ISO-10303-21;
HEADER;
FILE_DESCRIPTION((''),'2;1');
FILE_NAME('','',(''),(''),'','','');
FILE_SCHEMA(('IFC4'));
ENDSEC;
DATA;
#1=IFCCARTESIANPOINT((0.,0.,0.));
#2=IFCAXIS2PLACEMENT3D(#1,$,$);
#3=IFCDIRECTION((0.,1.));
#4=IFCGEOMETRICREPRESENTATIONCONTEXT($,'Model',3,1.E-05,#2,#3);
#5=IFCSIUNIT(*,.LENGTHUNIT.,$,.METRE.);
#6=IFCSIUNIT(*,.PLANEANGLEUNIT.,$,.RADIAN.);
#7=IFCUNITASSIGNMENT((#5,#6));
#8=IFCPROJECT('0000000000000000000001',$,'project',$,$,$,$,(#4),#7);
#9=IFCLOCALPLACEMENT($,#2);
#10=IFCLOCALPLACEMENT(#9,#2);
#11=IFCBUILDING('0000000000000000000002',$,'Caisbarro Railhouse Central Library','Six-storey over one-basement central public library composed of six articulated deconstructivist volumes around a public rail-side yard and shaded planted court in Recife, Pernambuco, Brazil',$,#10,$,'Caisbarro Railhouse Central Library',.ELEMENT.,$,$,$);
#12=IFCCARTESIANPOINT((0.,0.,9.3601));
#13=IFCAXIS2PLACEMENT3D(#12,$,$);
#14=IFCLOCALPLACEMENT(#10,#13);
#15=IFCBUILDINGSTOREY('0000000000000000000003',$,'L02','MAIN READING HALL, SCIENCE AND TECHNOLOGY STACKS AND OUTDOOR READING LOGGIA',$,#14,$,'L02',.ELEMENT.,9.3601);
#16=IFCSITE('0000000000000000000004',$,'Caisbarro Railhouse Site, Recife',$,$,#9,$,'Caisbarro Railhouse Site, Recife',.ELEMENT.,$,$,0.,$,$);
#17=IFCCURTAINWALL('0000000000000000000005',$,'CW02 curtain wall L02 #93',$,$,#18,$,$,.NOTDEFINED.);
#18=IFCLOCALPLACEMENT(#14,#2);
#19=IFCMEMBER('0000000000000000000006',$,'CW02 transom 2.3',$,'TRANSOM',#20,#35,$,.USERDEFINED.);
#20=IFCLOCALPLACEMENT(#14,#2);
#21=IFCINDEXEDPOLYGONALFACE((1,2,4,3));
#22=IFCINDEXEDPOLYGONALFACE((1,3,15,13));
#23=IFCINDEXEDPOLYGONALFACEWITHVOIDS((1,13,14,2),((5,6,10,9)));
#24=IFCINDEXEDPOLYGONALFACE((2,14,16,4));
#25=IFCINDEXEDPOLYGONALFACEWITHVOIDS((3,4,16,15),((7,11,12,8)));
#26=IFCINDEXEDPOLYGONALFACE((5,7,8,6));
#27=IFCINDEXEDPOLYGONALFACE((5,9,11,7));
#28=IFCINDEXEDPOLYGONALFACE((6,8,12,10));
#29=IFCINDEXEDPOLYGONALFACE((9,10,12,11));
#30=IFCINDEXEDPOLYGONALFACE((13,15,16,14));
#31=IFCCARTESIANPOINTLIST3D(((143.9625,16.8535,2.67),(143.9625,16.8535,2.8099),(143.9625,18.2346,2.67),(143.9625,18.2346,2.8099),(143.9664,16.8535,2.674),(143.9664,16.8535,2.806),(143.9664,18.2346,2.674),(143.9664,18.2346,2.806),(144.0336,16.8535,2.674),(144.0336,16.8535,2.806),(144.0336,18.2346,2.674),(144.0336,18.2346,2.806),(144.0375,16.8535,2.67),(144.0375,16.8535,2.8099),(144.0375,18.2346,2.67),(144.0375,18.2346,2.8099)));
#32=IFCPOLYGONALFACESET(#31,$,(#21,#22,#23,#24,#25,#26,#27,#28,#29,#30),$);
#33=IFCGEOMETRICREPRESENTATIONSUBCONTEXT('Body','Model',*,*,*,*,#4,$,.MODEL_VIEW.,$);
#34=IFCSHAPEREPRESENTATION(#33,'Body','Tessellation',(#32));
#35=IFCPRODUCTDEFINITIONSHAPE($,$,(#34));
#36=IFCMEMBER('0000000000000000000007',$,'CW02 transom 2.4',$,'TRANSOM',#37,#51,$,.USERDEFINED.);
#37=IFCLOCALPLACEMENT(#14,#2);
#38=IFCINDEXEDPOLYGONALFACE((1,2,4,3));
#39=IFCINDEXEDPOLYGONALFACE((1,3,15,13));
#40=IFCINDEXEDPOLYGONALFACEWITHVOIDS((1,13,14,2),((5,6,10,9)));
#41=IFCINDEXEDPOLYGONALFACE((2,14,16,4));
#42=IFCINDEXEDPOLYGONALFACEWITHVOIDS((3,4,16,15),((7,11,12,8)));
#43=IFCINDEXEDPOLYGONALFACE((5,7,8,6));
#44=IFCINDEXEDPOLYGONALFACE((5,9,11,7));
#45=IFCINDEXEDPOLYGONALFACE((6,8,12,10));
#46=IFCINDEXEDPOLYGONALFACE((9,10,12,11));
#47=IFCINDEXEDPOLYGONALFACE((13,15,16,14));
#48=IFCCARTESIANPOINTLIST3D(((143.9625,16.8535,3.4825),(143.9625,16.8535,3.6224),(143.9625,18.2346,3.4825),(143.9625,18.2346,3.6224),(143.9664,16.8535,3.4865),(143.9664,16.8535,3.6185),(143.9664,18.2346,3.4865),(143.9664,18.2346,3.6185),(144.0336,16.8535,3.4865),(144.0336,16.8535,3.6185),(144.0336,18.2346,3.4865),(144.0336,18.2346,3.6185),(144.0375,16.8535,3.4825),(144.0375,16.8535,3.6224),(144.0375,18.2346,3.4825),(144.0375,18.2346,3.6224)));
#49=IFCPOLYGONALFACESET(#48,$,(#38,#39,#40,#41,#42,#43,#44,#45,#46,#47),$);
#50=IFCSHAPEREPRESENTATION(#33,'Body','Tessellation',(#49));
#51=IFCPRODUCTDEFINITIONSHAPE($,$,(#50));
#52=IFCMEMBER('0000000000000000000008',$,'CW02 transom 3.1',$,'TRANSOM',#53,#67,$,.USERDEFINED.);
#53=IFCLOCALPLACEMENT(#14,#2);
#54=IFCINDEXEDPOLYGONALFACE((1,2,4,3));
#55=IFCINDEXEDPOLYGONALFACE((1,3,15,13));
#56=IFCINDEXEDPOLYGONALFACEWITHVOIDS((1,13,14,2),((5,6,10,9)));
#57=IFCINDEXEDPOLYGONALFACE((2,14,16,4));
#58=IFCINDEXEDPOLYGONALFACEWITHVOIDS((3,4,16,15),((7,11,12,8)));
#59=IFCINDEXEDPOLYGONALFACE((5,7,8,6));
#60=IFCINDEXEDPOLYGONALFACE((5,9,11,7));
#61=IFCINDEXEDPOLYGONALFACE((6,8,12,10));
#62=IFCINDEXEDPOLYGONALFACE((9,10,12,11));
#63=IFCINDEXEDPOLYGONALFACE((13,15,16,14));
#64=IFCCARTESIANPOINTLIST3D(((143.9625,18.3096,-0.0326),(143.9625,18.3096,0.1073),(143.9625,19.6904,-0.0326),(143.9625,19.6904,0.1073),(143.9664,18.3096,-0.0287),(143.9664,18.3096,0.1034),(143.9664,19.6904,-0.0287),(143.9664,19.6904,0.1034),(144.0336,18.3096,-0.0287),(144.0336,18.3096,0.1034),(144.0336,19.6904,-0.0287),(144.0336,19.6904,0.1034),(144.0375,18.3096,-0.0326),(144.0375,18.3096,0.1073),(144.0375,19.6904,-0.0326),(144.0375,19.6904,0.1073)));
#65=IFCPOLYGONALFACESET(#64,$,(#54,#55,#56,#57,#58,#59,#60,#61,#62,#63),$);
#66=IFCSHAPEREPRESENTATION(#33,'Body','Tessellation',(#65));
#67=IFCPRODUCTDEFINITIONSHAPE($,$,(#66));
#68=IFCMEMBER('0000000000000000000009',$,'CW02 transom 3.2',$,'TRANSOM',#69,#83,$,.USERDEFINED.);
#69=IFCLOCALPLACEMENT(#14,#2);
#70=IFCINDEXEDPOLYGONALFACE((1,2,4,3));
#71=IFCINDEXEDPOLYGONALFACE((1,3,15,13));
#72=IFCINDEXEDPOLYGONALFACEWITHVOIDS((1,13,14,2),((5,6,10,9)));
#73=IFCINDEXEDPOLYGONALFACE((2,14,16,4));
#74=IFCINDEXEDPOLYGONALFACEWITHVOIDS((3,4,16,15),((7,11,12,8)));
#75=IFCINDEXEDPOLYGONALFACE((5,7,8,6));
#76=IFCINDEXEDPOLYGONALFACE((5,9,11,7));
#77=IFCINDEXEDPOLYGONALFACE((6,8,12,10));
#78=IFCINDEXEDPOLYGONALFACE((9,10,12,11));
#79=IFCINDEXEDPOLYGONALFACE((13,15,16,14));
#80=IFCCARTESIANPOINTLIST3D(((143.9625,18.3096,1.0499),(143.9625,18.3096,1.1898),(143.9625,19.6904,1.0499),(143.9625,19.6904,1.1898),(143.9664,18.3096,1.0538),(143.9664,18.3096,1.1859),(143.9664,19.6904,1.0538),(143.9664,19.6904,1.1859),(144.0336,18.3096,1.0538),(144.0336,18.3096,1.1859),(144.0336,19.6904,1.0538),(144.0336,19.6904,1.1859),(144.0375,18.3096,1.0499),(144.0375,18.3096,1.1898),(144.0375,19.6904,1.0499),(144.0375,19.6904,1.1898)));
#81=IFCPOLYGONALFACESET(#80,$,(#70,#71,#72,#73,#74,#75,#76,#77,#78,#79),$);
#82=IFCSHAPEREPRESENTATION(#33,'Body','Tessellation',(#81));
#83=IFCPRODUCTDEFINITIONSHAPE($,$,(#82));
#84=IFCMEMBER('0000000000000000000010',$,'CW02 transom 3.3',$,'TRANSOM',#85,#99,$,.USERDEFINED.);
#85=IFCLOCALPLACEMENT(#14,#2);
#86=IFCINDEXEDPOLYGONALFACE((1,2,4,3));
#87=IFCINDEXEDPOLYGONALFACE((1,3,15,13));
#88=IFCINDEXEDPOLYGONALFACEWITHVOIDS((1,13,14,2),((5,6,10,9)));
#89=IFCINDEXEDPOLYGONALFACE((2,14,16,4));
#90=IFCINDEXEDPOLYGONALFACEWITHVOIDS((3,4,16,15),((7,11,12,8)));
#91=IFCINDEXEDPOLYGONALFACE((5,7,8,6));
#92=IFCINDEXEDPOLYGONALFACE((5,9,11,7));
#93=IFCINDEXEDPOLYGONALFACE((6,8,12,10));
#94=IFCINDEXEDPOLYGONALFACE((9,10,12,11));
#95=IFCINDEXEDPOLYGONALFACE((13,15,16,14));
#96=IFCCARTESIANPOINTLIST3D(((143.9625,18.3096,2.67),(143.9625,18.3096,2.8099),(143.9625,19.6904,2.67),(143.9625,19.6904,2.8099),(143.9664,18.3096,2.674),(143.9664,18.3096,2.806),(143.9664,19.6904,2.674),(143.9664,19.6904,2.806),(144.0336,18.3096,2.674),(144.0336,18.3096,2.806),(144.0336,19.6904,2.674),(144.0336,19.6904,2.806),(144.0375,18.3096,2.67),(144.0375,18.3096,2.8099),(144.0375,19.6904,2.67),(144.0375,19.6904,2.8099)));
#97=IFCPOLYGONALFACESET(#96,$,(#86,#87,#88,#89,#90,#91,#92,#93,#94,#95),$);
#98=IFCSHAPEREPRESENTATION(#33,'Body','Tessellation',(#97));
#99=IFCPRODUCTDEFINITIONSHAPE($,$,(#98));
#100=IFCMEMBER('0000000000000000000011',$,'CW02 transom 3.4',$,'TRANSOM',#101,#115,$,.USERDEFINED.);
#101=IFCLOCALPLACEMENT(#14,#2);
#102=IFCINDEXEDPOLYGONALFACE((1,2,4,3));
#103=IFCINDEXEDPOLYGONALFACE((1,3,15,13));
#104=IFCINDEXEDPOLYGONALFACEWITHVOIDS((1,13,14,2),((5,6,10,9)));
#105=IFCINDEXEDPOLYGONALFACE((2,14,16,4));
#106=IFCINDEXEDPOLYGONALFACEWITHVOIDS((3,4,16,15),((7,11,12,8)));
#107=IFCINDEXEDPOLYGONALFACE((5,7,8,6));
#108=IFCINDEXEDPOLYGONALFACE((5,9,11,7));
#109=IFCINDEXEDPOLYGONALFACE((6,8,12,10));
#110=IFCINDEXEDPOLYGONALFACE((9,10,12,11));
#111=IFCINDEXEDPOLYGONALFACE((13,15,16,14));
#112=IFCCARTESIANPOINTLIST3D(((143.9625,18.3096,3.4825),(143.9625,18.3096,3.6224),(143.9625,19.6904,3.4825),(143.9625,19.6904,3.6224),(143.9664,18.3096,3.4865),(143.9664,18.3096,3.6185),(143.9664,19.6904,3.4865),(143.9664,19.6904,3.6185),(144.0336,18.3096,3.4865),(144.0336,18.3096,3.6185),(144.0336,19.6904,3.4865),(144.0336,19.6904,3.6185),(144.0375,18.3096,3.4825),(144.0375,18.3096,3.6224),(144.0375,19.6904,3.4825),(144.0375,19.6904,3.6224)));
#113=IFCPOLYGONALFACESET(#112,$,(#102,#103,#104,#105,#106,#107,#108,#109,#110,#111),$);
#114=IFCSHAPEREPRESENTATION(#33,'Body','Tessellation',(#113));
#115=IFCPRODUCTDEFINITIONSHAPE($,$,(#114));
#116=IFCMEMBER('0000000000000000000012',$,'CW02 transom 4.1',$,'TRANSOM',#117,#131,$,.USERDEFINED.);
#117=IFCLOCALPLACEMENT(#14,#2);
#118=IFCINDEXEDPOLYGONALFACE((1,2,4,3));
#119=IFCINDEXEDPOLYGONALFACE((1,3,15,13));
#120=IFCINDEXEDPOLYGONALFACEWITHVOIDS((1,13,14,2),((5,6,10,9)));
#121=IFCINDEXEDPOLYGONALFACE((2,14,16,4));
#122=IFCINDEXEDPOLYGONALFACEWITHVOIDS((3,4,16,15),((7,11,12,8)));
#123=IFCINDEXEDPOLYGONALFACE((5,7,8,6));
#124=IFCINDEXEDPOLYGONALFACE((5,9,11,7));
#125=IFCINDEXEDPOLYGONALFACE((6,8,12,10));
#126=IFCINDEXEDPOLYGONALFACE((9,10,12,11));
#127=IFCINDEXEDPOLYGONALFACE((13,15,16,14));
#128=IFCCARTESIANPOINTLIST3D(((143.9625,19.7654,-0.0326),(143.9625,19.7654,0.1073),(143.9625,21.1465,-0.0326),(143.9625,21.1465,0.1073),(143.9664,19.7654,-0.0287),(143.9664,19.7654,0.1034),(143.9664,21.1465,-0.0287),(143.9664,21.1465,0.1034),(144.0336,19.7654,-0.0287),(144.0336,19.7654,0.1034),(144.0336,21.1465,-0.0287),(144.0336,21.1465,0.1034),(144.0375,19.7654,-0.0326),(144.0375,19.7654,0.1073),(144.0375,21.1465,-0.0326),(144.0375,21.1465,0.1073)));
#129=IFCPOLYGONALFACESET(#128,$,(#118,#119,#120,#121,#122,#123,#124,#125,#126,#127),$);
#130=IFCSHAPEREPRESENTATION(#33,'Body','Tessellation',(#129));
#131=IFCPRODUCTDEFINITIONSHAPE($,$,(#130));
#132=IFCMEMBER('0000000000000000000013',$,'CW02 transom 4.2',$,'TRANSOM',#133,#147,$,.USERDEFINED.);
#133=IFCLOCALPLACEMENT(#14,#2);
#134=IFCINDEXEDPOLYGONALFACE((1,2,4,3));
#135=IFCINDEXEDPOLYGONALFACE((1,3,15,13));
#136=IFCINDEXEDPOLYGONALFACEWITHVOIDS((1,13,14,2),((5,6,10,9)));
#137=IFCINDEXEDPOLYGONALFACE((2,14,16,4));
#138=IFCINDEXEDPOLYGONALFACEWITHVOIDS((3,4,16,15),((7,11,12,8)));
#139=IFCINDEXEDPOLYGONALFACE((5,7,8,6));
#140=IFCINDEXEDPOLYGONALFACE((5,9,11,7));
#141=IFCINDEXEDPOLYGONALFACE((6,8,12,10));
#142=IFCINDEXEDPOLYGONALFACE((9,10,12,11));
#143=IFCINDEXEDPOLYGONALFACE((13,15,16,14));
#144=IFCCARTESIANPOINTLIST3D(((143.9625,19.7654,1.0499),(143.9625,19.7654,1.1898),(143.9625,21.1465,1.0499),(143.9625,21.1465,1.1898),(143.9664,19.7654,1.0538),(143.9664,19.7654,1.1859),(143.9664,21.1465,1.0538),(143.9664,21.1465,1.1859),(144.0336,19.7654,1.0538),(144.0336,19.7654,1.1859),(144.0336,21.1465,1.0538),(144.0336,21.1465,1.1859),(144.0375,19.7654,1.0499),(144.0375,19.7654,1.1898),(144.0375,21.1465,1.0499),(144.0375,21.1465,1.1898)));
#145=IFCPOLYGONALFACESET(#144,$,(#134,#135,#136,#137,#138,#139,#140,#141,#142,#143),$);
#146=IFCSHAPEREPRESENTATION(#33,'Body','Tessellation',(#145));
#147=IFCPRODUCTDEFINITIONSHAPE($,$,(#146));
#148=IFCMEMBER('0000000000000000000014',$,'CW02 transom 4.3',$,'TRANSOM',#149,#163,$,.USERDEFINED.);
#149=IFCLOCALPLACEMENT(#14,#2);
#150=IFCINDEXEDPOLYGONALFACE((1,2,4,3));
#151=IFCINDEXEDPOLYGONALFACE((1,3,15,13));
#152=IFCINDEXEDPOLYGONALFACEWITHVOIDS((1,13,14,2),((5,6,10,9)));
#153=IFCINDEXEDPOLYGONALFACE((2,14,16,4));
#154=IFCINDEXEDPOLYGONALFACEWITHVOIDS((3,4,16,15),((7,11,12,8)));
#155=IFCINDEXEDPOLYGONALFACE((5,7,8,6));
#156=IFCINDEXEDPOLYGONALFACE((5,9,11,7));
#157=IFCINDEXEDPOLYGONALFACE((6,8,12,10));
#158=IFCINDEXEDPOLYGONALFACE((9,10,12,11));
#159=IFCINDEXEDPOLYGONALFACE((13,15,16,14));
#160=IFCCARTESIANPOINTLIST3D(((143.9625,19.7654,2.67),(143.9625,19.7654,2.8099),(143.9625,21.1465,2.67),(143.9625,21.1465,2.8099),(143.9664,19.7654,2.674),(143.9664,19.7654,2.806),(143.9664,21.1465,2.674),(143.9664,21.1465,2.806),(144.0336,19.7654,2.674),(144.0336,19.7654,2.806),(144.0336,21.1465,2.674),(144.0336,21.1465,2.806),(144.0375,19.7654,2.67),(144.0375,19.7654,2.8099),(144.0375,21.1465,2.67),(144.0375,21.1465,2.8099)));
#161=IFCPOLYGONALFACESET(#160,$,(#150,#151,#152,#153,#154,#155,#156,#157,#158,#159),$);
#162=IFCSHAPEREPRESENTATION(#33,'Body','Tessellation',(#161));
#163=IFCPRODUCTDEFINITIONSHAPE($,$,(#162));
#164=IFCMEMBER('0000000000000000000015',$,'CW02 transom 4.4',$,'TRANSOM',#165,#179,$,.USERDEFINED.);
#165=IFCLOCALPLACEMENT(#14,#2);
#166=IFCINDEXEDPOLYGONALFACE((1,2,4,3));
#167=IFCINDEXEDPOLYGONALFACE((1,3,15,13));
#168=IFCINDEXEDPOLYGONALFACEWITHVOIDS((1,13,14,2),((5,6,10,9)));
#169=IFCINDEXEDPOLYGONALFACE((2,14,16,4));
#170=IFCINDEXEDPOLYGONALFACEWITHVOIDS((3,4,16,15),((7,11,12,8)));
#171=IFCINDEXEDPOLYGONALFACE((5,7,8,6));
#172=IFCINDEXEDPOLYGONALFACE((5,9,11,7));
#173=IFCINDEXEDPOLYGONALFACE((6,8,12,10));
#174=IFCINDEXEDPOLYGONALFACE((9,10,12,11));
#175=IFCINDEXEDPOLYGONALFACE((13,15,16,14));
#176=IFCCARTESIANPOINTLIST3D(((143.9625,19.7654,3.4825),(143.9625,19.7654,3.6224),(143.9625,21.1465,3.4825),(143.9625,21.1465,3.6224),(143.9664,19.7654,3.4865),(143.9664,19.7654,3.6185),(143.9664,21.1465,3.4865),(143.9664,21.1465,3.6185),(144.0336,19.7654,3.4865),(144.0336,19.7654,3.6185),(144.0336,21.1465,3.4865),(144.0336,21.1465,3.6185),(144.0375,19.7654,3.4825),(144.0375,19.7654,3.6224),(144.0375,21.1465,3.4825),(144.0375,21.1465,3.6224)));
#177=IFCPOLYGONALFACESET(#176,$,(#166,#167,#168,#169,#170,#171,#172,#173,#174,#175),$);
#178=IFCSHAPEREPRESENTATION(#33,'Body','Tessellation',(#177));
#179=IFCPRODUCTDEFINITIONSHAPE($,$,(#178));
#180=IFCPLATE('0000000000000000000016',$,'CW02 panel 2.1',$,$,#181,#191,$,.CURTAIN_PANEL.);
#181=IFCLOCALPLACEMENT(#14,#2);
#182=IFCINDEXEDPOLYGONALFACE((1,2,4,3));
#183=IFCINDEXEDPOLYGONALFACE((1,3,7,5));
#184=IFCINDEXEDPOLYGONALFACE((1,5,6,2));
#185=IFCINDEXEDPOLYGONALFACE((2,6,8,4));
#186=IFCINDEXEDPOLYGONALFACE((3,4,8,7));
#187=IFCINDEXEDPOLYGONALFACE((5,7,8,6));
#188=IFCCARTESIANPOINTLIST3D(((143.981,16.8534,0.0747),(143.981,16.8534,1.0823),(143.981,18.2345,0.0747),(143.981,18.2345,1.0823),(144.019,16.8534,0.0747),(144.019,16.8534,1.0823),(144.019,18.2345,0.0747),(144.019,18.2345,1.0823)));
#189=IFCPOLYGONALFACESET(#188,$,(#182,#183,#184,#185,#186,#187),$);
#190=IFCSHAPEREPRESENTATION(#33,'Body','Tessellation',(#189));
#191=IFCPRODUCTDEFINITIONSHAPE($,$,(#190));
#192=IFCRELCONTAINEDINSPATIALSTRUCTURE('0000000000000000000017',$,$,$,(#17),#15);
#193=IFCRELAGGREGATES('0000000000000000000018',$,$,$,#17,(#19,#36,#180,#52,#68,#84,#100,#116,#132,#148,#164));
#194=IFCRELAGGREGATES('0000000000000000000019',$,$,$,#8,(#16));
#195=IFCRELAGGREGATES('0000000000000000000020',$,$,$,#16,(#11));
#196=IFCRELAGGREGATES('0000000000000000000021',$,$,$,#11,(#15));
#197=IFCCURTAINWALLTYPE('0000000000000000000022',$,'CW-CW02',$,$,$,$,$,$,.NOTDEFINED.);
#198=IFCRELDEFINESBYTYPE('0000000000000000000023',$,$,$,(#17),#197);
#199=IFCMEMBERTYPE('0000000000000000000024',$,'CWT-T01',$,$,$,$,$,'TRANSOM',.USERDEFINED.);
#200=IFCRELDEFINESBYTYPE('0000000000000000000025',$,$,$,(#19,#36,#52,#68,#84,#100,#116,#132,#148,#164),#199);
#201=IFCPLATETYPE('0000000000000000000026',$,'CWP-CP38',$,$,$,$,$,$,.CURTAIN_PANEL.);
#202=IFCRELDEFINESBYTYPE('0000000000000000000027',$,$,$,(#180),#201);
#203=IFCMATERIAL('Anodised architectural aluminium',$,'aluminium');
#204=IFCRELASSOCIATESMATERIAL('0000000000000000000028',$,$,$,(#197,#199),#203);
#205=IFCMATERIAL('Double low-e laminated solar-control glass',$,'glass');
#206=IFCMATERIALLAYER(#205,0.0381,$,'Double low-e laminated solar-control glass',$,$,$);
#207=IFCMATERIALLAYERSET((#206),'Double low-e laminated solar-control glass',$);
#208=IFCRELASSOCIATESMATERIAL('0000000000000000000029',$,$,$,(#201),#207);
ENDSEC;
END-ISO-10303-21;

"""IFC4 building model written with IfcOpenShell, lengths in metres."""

from ifc_helpers import new_model, si_unit, direction, frame, origin, origin_2d, place, context, subcontext, project, spatial, rectangle, hollow_rectangle, extrude, material, layer, layer_set, material_profile, profile_set, type_object, element, aggregate, save


model = new_model("IFC4")

# Units and contexts
model_context = context("Model", 3, precision=1e-05, world=origin(), true_north=direction((0.0, 1.0)))
body_context = subcontext(model_context, "Body", "Model", "MODEL_VIEW")
ifc_project = project(units=[si_unit("LENGTHUNIT", "METRE"), si_unit("PLANEANGLEUNIT", "RADIAN")], contexts=[model_context])

# Site, building, storey
site_placement = place(None, origin())
site = spatial("IfcSite", under=ifc_project, at=site_placement, Name="Caisbarro Railhouse Site, Recife", LongName="Caisbarro Railhouse Site, Recife", CompositionType="ELEMENT", RefElevation=0.0)
building_placement = place(site_placement, origin())
building = spatial("IfcBuilding", under=site, at=building_placement, Name="Caisbarro Railhouse Central Library", Description="Six-storey over one-basement central public library composed of six articulated deconstructivist volumes around a public rail-side yard and shaded planted court in Recife, Pernambuco, Brazil", LongName="Caisbarro Railhouse Central Library", CompositionType="ELEMENT")
storey_placement = place(building_placement, frame((0.0, 0.0, 9.3601)))
storey = spatial("IfcBuildingStorey", under=building, at=storey_placement, Name="L02", Description="MAIN READING HALL, SCIENCE AND TECHNOLOGY STACKS AND OUTDOOR READING LOGGIA", LongName="L02", CompositionType="ELEMENT", Elevation=9.3601)

# Curtain wall, members, plate
ifc_material_1 = material(Name="Anodised architectural aluminium", Category="aluminium")
curtain_wall_type = type_object("IfcCurtainWallType", Name="CW-CW02", PredefinedType="NOTDEFINED", material=ifc_material_1)
curtain_wall_placement = place(storey_placement, origin())
curtain_wall = element("IfcCurtainWall", 1, at=curtain_wall_placement, inside=storey, type_object=curtain_wall_type, Name="CW02 curtain wall L02 #93", PredefinedType="NOTDEFINED")
ifc_material_profile_1 = material_profile(ifc_material_1, hollow_rectangle(XDim=0.075, YDim=0.1399, WallThickness=0.0039, at=origin_2d()), Name="ALU-TRN-75X140")
ifc_profile_set_1 = profile_set([ifc_material_profile_1], Name="Anodised architectural aluminium")
member_type_1 = type_object("IfcMemberType", Name="CWT-T01", ElementType="TRANSOM", PredefinedType="USERDEFINED", material=ifc_profile_set_1)
member_1_placement = place(storey_placement, frame((144.0, 16.8535, 2.74), z_axis=(0.0, 1.0, 0.0), x_axis=(-1.0, 0.0, 0.0)))
member_1 = element("IfcMember", 2, at=member_1_placement, type_object=member_type_1, Name="CW02 transom 2.3", ObjectType="TRANSOM", PredefinedType="USERDEFINED", context=body_context, shape_type="SweptSolid", body=[
    extrude(hollow_rectangle(XDim=0.075, YDim=0.1399, WallThickness=0.0039, at=origin_2d()), origin(), (0.0, 0.0, 1.0), 1.3811),
])
member_2_placement = place(storey_placement, frame((144.0, 16.8535, 3.5525), z_axis=(0.0, 1.0, 0.0), x_axis=(-1.0, 0.0, 0.0)))
member_2 = element("IfcMember", 3, at=member_2_placement, type_object=member_type_1, Name="CW02 transom 2.4", ObjectType="TRANSOM", PredefinedType="USERDEFINED", context=body_context, shape_type="SweptSolid", body=[
    extrude(hollow_rectangle(XDim=0.075, YDim=0.1399, WallThickness=0.0039, at=origin_2d()), origin(), (0.0, 0.0, 1.0), 1.3811),
])
member_3_placement = place(storey_placement, frame((144.0, 18.3096, 0.0374), z_axis=(0.0, 1.0, 0.0), x_axis=(-1.0, 0.0, 0.0)))
member_3 = element("IfcMember", 4, at=member_3_placement, type_object=member_type_1, Name="CW02 transom 3.1", ObjectType="TRANSOM", PredefinedType="USERDEFINED", context=body_context, shape_type="SweptSolid", body=[
    extrude(hollow_rectangle(XDim=0.075, YDim=0.1399, WallThickness=0.0039, at=origin_2d()), origin(), (0.0, 0.0, 1.0), 1.3809),
])
member_4_placement = place(storey_placement, frame((144.0, 18.3096, 1.1199), z_axis=(0.0, 1.0, 0.0), x_axis=(-1.0, 0.0, 0.0)))
member_4 = element("IfcMember", 5, at=member_4_placement, type_object=member_type_1, Name="CW02 transom 3.2", ObjectType="TRANSOM", PredefinedType="USERDEFINED", context=body_context, shape_type="SweptSolid", body=[
    extrude(hollow_rectangle(XDim=0.075, YDim=0.1399, WallThickness=0.0039, at=origin_2d()), origin(), (0.0, 0.0, 1.0), 1.3809),
])
member_5_placement = place(storey_placement, frame((144.0, 18.3096, 2.74), z_axis=(0.0, 1.0, 0.0), x_axis=(-1.0, 0.0, 0.0)))
member_5 = element("IfcMember", 6, at=member_5_placement, type_object=member_type_1, Name="CW02 transom 3.3", ObjectType="TRANSOM", PredefinedType="USERDEFINED", context=body_context, shape_type="SweptSolid", body=[
    extrude(hollow_rectangle(XDim=0.075, YDim=0.1399, WallThickness=0.0039, at=origin_2d()), origin(), (0.0, 0.0, 1.0), 1.3809),
])
member_6_placement = place(storey_placement, frame((144.0, 18.3096, 3.5525), z_axis=(0.0, 1.0, 0.0), x_axis=(-1.0, 0.0, 0.0)))
member_6 = element("IfcMember", 7, at=member_6_placement, type_object=member_type_1, Name="CW02 transom 3.4", ObjectType="TRANSOM", PredefinedType="USERDEFINED", context=body_context, shape_type="SweptSolid", body=[
    extrude(hollow_rectangle(XDim=0.075, YDim=0.1399, WallThickness=0.0039, at=origin_2d()), origin(), (0.0, 0.0, 1.0), 1.3809),
])
member_7_placement = place(storey_placement, frame((144.0, 19.7654, 0.0374), z_axis=(0.0, 1.0, 0.0), x_axis=(-1.0, 0.0, 0.0)))
member_7 = element("IfcMember", 8, at=member_7_placement, type_object=member_type_1, Name="CW02 transom 4.1", ObjectType="TRANSOM", PredefinedType="USERDEFINED", context=body_context, shape_type="SweptSolid", body=[
    extrude(hollow_rectangle(XDim=0.075, YDim=0.1399, WallThickness=0.0039, at=origin_2d()), origin(), (0.0, 0.0, 1.0), 1.3811),
])
member_8_placement = place(storey_placement, frame((144.0, 19.7654, 1.1199), z_axis=(0.0, 1.0, 0.0), x_axis=(-1.0, 0.0, 0.0)))
member_8 = element("IfcMember", 9, at=member_8_placement, type_object=member_type_1, Name="CW02 transom 4.2", ObjectType="TRANSOM", PredefinedType="USERDEFINED", context=body_context, shape_type="SweptSolid", body=[
    extrude(hollow_rectangle(XDim=0.075, YDim=0.1399, WallThickness=0.0039, at=origin_2d()), origin(), (0.0, 0.0, 1.0), 1.3811),
])
member_9_placement = place(storey_placement, frame((144.0, 19.7654, 2.74), z_axis=(0.0, 1.0, 0.0), x_axis=(-1.0, 0.0, 0.0)))
member_9 = element("IfcMember", 10, at=member_9_placement, type_object=member_type_1, Name="CW02 transom 4.3", ObjectType="TRANSOM", PredefinedType="USERDEFINED", context=body_context, shape_type="SweptSolid", body=[
    extrude(hollow_rectangle(XDim=0.075, YDim=0.1399, WallThickness=0.0039, at=origin_2d()), origin(), (0.0, 0.0, 1.0), 1.3811),
])
member_10_placement = place(storey_placement, frame((144.0, 19.7654, 3.5525), z_axis=(0.0, 1.0, 0.0), x_axis=(-1.0, 0.0, 0.0)))
member_10 = element("IfcMember", 11, at=member_10_placement, type_object=member_type_1, Name="CW02 transom 4.4", ObjectType="TRANSOM", PredefinedType="USERDEFINED", context=body_context, shape_type="SweptSolid", body=[
    extrude(hollow_rectangle(XDim=0.075, YDim=0.1399, WallThickness=0.0039, at=origin_2d()), origin(), (0.0, 0.0, 1.0), 1.3811),
])
ifc_material_2 = material(Name="Double low-e laminated solar-control glass", Category="glass")
ifc_layer_1 = layer(ifc_material_2, 0.0381, Name="Double low-e laminated solar-control glass")
ifc_layer_set_1 = layer_set([ifc_layer_1], Name="Double low-e laminated solar-control glass")
plate_type = type_object("IfcPlateType", Name="CWP-CP38", PredefinedType="CURTAIN_PANEL", material=ifc_layer_set_1)
plate_1_placement = place(storey_placement, frame((144.0, 17.5439, 0.0747), z_axis=(0.0, 0.0, 1.0), x_axis=(0.0, 1.0, 0.0)))
plate_1 = element("IfcPlate", 12, at=plate_1_placement, type_object=plate_type, Name="CW02 panel 2.1", PredefinedType="CURTAIN_PANEL", context=body_context, shape_type="SweptSolid", body=[
    extrude(rectangle(XDim=1.3811, YDim=0.0381, at=origin_2d()), origin(), (0.0, 0.0, 1.0), 1.0076),
])
aggregate(curtain_wall, [member_1, member_2, plate_1, member_3, member_4, member_5, member_6, member_7, member_8, member_9, member_10])

save(model, "model.ifc")
